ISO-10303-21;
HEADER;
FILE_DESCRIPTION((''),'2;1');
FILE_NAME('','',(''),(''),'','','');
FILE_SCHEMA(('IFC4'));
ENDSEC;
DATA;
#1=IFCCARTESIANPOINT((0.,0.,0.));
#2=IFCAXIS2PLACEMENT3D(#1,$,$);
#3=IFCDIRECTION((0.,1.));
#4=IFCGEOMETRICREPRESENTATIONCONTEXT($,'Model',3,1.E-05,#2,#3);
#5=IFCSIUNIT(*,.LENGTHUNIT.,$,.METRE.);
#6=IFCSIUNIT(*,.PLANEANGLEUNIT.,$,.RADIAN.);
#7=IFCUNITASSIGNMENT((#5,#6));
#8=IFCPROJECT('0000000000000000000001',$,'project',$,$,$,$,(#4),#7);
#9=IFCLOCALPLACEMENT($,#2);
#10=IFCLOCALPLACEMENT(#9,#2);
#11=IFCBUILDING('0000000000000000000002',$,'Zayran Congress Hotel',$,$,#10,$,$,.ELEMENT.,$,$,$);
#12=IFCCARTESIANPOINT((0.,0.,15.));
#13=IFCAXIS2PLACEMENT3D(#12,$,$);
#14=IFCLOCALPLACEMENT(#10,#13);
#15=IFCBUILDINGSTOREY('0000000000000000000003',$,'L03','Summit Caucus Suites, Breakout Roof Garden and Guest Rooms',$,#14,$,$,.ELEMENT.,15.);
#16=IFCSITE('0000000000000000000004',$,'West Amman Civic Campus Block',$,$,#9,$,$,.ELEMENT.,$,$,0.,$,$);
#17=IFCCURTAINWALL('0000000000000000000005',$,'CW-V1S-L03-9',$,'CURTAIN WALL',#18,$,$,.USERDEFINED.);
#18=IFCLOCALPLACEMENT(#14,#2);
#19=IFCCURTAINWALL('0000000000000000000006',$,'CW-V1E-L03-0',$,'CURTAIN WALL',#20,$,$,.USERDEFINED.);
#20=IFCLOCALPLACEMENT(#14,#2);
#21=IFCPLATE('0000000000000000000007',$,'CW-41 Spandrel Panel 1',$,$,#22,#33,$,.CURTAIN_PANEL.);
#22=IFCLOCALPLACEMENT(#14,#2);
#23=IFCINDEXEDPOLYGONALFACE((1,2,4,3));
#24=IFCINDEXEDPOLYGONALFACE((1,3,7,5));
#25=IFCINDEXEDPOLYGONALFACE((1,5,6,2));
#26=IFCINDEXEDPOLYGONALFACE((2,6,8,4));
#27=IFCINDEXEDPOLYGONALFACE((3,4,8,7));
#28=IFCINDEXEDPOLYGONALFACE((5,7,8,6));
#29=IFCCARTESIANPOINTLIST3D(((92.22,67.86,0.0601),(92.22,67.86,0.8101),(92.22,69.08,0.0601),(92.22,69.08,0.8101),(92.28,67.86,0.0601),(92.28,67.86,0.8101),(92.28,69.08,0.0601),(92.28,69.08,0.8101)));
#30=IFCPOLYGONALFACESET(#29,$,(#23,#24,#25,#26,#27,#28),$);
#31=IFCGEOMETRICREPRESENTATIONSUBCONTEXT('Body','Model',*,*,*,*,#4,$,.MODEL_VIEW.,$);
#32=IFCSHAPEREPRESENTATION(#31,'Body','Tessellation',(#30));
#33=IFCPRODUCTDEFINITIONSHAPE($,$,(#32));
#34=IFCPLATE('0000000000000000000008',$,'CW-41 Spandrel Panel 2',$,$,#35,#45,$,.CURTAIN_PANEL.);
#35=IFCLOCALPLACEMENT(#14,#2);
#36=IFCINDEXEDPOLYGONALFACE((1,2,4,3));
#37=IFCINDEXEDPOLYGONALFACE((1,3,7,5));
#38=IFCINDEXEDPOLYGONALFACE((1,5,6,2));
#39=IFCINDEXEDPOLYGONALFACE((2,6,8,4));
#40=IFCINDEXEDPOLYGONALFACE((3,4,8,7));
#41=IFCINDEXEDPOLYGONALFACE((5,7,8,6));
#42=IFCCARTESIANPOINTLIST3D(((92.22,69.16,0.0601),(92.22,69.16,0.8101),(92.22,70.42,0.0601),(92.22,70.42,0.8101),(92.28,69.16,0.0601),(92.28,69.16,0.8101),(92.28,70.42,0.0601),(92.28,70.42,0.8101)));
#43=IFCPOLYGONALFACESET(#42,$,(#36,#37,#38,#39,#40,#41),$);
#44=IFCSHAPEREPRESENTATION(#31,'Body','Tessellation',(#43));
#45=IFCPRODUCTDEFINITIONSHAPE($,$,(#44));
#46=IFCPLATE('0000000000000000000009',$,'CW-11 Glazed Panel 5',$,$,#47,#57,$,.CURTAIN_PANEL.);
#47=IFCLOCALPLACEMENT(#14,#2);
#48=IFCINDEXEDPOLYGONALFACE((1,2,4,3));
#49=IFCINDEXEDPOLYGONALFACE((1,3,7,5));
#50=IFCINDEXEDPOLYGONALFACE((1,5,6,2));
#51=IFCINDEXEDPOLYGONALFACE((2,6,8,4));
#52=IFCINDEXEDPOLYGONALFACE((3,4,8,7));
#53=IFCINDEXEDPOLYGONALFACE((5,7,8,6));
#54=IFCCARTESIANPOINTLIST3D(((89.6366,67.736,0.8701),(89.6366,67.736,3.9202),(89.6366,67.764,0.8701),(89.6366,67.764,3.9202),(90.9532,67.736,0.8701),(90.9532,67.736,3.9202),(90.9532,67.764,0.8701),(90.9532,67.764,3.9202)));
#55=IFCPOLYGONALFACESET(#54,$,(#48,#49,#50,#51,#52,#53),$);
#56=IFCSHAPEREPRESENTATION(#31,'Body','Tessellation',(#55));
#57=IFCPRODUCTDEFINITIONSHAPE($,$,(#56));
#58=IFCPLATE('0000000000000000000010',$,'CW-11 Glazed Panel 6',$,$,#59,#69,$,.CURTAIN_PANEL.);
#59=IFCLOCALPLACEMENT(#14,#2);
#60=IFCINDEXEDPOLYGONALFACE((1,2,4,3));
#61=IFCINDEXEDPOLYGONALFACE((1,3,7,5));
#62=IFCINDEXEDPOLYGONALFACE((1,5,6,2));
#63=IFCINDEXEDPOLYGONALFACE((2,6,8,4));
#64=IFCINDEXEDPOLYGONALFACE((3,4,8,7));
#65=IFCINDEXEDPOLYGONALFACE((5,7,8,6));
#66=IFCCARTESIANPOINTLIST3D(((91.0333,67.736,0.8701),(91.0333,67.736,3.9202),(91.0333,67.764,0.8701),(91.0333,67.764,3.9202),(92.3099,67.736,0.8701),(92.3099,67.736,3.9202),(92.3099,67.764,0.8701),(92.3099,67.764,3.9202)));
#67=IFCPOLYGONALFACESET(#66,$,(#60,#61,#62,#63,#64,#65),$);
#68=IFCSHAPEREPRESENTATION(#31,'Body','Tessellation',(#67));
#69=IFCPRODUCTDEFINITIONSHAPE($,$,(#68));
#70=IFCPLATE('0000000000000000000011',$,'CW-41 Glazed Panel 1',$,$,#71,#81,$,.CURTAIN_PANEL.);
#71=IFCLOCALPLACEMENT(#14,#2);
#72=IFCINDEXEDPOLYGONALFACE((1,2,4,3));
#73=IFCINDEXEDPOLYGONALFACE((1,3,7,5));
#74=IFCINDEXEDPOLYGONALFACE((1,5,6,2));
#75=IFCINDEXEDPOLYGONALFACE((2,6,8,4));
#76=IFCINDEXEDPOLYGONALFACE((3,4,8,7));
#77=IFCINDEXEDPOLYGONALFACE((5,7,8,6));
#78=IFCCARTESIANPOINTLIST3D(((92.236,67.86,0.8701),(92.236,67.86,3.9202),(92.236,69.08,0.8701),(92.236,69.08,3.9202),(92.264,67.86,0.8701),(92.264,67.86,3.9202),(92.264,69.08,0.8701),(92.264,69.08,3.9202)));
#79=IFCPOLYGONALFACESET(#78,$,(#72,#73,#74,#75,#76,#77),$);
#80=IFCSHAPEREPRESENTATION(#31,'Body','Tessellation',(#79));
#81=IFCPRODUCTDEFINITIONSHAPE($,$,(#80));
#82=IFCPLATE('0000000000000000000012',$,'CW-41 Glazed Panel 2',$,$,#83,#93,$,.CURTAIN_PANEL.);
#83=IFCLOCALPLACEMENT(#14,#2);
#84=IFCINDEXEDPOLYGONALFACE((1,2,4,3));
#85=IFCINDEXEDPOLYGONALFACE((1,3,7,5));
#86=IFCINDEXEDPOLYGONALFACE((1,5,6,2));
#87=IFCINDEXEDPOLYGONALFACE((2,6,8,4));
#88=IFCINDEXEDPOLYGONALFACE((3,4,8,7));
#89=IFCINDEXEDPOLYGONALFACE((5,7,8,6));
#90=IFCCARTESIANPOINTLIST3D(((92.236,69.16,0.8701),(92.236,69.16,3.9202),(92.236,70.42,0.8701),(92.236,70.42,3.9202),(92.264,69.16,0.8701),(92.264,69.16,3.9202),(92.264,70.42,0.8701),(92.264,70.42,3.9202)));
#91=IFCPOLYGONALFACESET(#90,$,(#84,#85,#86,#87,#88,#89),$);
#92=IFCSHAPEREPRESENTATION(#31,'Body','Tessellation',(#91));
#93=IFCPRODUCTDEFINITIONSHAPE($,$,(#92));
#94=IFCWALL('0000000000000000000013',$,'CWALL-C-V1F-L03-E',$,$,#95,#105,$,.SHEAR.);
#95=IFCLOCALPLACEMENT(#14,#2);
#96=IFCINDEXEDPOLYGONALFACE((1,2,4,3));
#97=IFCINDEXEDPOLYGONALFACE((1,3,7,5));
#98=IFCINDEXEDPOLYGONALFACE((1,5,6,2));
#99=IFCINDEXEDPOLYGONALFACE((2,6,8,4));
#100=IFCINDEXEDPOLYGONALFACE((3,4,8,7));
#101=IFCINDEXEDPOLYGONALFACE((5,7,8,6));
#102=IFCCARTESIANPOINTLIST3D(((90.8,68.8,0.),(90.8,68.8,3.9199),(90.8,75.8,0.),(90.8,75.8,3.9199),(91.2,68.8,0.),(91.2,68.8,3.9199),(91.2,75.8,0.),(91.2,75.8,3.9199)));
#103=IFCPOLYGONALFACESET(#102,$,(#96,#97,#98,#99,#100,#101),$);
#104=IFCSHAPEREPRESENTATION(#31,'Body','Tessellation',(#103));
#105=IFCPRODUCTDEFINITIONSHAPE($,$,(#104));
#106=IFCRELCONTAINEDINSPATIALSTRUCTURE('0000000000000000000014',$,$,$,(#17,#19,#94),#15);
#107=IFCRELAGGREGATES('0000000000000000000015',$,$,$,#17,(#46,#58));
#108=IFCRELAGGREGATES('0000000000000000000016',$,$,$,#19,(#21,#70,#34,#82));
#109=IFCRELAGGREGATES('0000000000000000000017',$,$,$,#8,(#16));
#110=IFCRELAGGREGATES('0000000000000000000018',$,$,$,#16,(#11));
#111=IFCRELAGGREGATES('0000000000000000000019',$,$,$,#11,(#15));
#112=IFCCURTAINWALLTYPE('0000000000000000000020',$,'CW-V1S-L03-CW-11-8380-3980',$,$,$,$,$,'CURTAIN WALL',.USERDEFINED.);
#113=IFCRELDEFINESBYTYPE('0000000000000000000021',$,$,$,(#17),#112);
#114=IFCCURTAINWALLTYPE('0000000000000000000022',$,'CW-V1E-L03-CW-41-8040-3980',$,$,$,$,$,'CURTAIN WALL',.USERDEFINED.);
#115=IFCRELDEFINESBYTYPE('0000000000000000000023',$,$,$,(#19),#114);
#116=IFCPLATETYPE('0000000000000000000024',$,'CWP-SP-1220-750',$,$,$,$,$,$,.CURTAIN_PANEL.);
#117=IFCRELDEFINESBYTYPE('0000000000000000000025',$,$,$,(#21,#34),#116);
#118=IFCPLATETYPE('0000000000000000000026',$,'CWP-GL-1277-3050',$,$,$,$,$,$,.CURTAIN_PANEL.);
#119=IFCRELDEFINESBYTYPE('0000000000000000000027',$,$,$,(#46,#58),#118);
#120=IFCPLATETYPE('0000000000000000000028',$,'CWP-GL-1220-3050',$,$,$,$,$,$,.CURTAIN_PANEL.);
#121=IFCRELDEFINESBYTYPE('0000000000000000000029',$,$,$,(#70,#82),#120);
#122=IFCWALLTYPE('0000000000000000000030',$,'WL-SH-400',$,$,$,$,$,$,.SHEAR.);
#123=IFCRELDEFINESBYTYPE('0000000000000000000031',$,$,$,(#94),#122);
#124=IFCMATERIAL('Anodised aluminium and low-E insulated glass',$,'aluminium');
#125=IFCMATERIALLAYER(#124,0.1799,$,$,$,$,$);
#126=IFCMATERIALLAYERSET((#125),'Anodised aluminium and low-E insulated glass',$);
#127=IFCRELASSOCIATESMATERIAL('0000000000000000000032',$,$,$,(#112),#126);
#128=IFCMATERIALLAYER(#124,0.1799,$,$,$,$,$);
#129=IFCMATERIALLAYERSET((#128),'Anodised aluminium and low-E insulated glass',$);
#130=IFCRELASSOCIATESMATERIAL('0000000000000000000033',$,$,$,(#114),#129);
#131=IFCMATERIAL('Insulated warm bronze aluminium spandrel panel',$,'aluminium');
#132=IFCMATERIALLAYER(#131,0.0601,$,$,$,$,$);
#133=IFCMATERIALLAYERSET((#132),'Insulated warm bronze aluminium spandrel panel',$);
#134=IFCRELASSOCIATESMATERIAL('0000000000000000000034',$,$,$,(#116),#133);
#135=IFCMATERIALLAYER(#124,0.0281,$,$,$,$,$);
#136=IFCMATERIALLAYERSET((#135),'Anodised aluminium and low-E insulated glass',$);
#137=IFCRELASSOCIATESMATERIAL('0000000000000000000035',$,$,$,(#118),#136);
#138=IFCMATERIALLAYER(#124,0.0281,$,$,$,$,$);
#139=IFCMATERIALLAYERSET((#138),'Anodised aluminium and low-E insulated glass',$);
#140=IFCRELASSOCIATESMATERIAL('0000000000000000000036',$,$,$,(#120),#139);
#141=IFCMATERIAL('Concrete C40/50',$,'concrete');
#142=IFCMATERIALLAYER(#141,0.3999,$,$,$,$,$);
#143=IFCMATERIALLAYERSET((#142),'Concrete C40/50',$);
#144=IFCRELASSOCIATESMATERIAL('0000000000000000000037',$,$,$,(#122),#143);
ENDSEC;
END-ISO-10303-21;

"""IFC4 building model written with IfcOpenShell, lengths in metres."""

from ifc_helpers import new_model, si_unit, direction, frame, frame_2d, origin, origin_2d, place, context, subcontext, project, spatial, rectangle, extrude, material, layer, layer_set, type_object, element, aggregate, save


model = new_model("IFC4")

# Units and contexts
model_context = context("Model", 3, precision=1e-05, world=origin(), true_north=direction((0.0, 1.0)))
body_context = subcontext(model_context, "Body", "Model", "MODEL_VIEW")
ifc_project = project(units=[si_unit("LENGTHUNIT", "METRE"), si_unit("PLANEANGLEUNIT", "RADIAN")], contexts=[model_context])

# Site, building, storey
site_placement = place(None, origin())
site = spatial("IfcSite", under=ifc_project, at=site_placement, Name="West Amman Civic Campus Block", CompositionType="ELEMENT", RefElevation=0.0)
building_placement = place(site_placement, origin())
building = spatial("IfcBuilding", under=site, at=building_placement, Name="Zayran Congress Hotel", CompositionType="ELEMENT")
storey_placement = place(building_placement, frame((0.0, 0.0, 15.0)))
storey = spatial("IfcBuildingStorey", under=building, at=storey_placement, Name="L03", Description="Summit Caucus Suites, Breakout Roof Garden and Guest Rooms", CompositionType="ELEMENT", Elevation=15.0)

# Curtain wall
ifc_material_1 = material(Name="Anodised aluminium and low-E insulated glass", Category="aluminium")
ifc_layer_1 = layer(ifc_material_1, 0.1799)
ifc_layer_set_1 = layer_set([ifc_layer_1], Name="Anodised aluminium and low-E insulated glass")
curtain_wall_type_1 = type_object("IfcCurtainWallType", Name="CW-V1S-L03-CW-11-8380-3980", ElementType="CURTAIN WALL", PredefinedType="USERDEFINED", material=ifc_layer_set_1)
curtain_wall_1_placement = place(storey_placement, origin())
curtain_wall_1 = element("IfcCurtainWall", 1, at=curtain_wall_1_placement, inside=storey, type_object=curtain_wall_type_1, Name="CW-V1S-L03-9", ObjectType="CURTAIN WALL", PredefinedType="USERDEFINED")

# Curtain wall
ifc_layer_2 = layer(ifc_material_1, 0.1799)
ifc_layer_set_2 = layer_set([ifc_layer_2], Name="Anodised aluminium and low-E insulated glass")
curtain_wall_type_2 = type_object("IfcCurtainWallType", Name="CW-V1E-L03-CW-41-8040-3980", ElementType="CURTAIN WALL", PredefinedType="USERDEFINED", material=ifc_layer_set_2)
curtain_wall_2_placement = place(storey_placement, origin())
curtain_wall_2 = element("IfcCurtainWall", 2, at=curtain_wall_2_placement, inside=storey, type_object=curtain_wall_type_2, Name="CW-V1E-L03-0", ObjectType="CURTAIN WALL", PredefinedType="USERDEFINED")

# Plates
ifc_material_2 = material(Name="Insulated warm bronze aluminium spandrel panel", Category="aluminium")
ifc_layer_3 = layer(ifc_material_2, 0.0601)
ifc_layer_set_3 = layer_set([ifc_layer_3], Name="Insulated warm bronze aluminium spandrel panel")
plate_type_1 = type_object("IfcPlateType", Name="CWP-SP-1220-750", PredefinedType="CURTAIN_PANEL", material=ifc_layer_set_3)
plate_1_placement = place(storey_placement, frame((92.25, 68.47, 0.0601), z_axis=(0.0, 0.0, 1.0), x_axis=(0.0, 1.0, 0.0)))
plate_1 = element("IfcPlate", 3, at=plate_1_placement, type_object=plate_type_1, Name="CW-41 Spandrel Panel 1", PredefinedType="CURTAIN_PANEL", context=body_context, shape_type="SweptSolid", body=[
    extrude(rectangle(XDim=1.22, YDim=0.0601, at=origin_2d()), origin(), (0.0, 0.0, 1.0), 0.75),
])
plate_2_placement = place(storey_placement, frame((92.25, 69.79, 0.0601), z_axis=(0.0, 0.0, 1.0), x_axis=(0.0, 1.0, 0.0)))
plate_2 = element("IfcPlate", 4, at=plate_2_placement, type_object=plate_type_1, Name="CW-41 Spandrel Panel 2", PredefinedType="CURTAIN_PANEL", context=body_context, shape_type="SweptSolid", body=[
    extrude(rectangle(XDim=1.26, YDim=0.0601, at=origin_2d()), origin(), (0.0, 0.0, 1.0), 0.75),
])
ifc_layer_4 = layer(ifc_material_1, 0.0281)
ifc_layer_set_4 = layer_set([ifc_layer_4], Name="Anodised aluminium and low-E insulated glass")
plate_type_2 = type_object("IfcPlateType", Name="CWP-GL-1277-3050", PredefinedType="CURTAIN_PANEL", material=ifc_layer_set_4)
plate_3_placement = place(storey_placement, frame((90.2949, 67.75, 0.8701), z_axis=(0.0, 0.0, 1.0), x_axis=(1.0, 0.0, 0.0)))
plate_3 = element("IfcPlate", 5, at=plate_3_placement, type_object=plate_type_2, Name="CW-11 Glazed Panel 5", PredefinedType="CURTAIN_PANEL", context=body_context, shape_type="SweptSolid", body=[
    extrude(rectangle(XDim=1.3167, YDim=0.0281, at=origin_2d()), origin(), (0.0, 0.0, 1.0), 3.05),
])
plate_4_placement = place(storey_placement, frame((91.6716, 67.75, 0.8701), z_axis=(0.0, 0.0, 1.0), x_axis=(1.0, 0.0, 0.0)))
plate_4 = element("IfcPlate", 6, at=plate_4_placement, type_object=plate_type_2, Name="CW-11 Glazed Panel 6", PredefinedType="CURTAIN_PANEL", context=body_context, shape_type="SweptSolid", body=[
    extrude(rectangle(XDim=1.2766, YDim=0.0281, at=origin_2d()), origin(), (0.0, 0.0, 1.0), 3.05),
])
aggregate(curtain_wall_1, [plate_3, plate_4])
ifc_layer_5 = layer(ifc_material_1, 0.0281)
ifc_layer_set_5 = layer_set([ifc_layer_5], Name="Anodised aluminium and low-E insulated glass")
plate_type_3 = type_object("IfcPlateType", Name="CWP-GL-1220-3050", PredefinedType="CURTAIN_PANEL", material=ifc_layer_set_5)
plate_5_placement = place(storey_placement, frame((92.25, 68.47, 0.8701), z_axis=(0.0, 0.0, 1.0), x_axis=(0.0, 1.0, 0.0)))
plate_5 = element("IfcPlate", 7, at=plate_5_placement, type_object=plate_type_3, Name="CW-41 Glazed Panel 1", PredefinedType="CURTAIN_PANEL", context=body_context, shape_type="SweptSolid", body=[
    extrude(rectangle(XDim=1.22, YDim=0.0281, at=origin_2d()), origin(), (0.0, 0.0, 1.0), 3.05),
])
plate_6_placement = place(storey_placement, frame((92.25, 69.79, 0.8701), z_axis=(0.0, 0.0, 1.0), x_axis=(0.0, 1.0, 0.0)))
plate_6 = element("IfcPlate", 8, at=plate_6_placement, type_object=plate_type_3, Name="CW-41 Glazed Panel 2", PredefinedType="CURTAIN_PANEL", context=body_context, shape_type="SweptSolid", body=[
    extrude(rectangle(XDim=1.26, YDim=0.0281, at=origin_2d()), origin(), (0.0, 0.0, 1.0), 3.05),
])
aggregate(curtain_wall_2, [plate_1, plate_5, plate_2, plate_6])

# Wall
ifc_material_3 = material(Name="Concrete C40/50", Category="concrete")
ifc_layer_6 = layer(ifc_material_3, 0.3999)
ifc_layer_set_6 = layer_set([ifc_layer_6], Name="Concrete C40/50")
wall_type = type_object("IfcWallType", Name="WL-SH-400", PredefinedType="SHEAR", material=ifc_layer_set_6)
wall_placement = place(storey_placement, frame((91.0, 68.8, 0.0), z_axis=(0.0, 0.0, 1.0), x_axis=(0.0, 1.0, 0.0)))
element("IfcWall", 9, at=wall_placement, inside=storey, type_object=wall_type, Name="CWALL-C-V1F-L03-E", PredefinedType="SHEAR", context=body_context, shape_type="SweptSolid", body=[
    extrude(rectangle(XDim=7.0, YDim=0.3999, at=frame_2d((3.5, 0.0))), origin(), (0.0, 0.0, 1.0), 3.9199),
])

save(model, "model.ifc")
